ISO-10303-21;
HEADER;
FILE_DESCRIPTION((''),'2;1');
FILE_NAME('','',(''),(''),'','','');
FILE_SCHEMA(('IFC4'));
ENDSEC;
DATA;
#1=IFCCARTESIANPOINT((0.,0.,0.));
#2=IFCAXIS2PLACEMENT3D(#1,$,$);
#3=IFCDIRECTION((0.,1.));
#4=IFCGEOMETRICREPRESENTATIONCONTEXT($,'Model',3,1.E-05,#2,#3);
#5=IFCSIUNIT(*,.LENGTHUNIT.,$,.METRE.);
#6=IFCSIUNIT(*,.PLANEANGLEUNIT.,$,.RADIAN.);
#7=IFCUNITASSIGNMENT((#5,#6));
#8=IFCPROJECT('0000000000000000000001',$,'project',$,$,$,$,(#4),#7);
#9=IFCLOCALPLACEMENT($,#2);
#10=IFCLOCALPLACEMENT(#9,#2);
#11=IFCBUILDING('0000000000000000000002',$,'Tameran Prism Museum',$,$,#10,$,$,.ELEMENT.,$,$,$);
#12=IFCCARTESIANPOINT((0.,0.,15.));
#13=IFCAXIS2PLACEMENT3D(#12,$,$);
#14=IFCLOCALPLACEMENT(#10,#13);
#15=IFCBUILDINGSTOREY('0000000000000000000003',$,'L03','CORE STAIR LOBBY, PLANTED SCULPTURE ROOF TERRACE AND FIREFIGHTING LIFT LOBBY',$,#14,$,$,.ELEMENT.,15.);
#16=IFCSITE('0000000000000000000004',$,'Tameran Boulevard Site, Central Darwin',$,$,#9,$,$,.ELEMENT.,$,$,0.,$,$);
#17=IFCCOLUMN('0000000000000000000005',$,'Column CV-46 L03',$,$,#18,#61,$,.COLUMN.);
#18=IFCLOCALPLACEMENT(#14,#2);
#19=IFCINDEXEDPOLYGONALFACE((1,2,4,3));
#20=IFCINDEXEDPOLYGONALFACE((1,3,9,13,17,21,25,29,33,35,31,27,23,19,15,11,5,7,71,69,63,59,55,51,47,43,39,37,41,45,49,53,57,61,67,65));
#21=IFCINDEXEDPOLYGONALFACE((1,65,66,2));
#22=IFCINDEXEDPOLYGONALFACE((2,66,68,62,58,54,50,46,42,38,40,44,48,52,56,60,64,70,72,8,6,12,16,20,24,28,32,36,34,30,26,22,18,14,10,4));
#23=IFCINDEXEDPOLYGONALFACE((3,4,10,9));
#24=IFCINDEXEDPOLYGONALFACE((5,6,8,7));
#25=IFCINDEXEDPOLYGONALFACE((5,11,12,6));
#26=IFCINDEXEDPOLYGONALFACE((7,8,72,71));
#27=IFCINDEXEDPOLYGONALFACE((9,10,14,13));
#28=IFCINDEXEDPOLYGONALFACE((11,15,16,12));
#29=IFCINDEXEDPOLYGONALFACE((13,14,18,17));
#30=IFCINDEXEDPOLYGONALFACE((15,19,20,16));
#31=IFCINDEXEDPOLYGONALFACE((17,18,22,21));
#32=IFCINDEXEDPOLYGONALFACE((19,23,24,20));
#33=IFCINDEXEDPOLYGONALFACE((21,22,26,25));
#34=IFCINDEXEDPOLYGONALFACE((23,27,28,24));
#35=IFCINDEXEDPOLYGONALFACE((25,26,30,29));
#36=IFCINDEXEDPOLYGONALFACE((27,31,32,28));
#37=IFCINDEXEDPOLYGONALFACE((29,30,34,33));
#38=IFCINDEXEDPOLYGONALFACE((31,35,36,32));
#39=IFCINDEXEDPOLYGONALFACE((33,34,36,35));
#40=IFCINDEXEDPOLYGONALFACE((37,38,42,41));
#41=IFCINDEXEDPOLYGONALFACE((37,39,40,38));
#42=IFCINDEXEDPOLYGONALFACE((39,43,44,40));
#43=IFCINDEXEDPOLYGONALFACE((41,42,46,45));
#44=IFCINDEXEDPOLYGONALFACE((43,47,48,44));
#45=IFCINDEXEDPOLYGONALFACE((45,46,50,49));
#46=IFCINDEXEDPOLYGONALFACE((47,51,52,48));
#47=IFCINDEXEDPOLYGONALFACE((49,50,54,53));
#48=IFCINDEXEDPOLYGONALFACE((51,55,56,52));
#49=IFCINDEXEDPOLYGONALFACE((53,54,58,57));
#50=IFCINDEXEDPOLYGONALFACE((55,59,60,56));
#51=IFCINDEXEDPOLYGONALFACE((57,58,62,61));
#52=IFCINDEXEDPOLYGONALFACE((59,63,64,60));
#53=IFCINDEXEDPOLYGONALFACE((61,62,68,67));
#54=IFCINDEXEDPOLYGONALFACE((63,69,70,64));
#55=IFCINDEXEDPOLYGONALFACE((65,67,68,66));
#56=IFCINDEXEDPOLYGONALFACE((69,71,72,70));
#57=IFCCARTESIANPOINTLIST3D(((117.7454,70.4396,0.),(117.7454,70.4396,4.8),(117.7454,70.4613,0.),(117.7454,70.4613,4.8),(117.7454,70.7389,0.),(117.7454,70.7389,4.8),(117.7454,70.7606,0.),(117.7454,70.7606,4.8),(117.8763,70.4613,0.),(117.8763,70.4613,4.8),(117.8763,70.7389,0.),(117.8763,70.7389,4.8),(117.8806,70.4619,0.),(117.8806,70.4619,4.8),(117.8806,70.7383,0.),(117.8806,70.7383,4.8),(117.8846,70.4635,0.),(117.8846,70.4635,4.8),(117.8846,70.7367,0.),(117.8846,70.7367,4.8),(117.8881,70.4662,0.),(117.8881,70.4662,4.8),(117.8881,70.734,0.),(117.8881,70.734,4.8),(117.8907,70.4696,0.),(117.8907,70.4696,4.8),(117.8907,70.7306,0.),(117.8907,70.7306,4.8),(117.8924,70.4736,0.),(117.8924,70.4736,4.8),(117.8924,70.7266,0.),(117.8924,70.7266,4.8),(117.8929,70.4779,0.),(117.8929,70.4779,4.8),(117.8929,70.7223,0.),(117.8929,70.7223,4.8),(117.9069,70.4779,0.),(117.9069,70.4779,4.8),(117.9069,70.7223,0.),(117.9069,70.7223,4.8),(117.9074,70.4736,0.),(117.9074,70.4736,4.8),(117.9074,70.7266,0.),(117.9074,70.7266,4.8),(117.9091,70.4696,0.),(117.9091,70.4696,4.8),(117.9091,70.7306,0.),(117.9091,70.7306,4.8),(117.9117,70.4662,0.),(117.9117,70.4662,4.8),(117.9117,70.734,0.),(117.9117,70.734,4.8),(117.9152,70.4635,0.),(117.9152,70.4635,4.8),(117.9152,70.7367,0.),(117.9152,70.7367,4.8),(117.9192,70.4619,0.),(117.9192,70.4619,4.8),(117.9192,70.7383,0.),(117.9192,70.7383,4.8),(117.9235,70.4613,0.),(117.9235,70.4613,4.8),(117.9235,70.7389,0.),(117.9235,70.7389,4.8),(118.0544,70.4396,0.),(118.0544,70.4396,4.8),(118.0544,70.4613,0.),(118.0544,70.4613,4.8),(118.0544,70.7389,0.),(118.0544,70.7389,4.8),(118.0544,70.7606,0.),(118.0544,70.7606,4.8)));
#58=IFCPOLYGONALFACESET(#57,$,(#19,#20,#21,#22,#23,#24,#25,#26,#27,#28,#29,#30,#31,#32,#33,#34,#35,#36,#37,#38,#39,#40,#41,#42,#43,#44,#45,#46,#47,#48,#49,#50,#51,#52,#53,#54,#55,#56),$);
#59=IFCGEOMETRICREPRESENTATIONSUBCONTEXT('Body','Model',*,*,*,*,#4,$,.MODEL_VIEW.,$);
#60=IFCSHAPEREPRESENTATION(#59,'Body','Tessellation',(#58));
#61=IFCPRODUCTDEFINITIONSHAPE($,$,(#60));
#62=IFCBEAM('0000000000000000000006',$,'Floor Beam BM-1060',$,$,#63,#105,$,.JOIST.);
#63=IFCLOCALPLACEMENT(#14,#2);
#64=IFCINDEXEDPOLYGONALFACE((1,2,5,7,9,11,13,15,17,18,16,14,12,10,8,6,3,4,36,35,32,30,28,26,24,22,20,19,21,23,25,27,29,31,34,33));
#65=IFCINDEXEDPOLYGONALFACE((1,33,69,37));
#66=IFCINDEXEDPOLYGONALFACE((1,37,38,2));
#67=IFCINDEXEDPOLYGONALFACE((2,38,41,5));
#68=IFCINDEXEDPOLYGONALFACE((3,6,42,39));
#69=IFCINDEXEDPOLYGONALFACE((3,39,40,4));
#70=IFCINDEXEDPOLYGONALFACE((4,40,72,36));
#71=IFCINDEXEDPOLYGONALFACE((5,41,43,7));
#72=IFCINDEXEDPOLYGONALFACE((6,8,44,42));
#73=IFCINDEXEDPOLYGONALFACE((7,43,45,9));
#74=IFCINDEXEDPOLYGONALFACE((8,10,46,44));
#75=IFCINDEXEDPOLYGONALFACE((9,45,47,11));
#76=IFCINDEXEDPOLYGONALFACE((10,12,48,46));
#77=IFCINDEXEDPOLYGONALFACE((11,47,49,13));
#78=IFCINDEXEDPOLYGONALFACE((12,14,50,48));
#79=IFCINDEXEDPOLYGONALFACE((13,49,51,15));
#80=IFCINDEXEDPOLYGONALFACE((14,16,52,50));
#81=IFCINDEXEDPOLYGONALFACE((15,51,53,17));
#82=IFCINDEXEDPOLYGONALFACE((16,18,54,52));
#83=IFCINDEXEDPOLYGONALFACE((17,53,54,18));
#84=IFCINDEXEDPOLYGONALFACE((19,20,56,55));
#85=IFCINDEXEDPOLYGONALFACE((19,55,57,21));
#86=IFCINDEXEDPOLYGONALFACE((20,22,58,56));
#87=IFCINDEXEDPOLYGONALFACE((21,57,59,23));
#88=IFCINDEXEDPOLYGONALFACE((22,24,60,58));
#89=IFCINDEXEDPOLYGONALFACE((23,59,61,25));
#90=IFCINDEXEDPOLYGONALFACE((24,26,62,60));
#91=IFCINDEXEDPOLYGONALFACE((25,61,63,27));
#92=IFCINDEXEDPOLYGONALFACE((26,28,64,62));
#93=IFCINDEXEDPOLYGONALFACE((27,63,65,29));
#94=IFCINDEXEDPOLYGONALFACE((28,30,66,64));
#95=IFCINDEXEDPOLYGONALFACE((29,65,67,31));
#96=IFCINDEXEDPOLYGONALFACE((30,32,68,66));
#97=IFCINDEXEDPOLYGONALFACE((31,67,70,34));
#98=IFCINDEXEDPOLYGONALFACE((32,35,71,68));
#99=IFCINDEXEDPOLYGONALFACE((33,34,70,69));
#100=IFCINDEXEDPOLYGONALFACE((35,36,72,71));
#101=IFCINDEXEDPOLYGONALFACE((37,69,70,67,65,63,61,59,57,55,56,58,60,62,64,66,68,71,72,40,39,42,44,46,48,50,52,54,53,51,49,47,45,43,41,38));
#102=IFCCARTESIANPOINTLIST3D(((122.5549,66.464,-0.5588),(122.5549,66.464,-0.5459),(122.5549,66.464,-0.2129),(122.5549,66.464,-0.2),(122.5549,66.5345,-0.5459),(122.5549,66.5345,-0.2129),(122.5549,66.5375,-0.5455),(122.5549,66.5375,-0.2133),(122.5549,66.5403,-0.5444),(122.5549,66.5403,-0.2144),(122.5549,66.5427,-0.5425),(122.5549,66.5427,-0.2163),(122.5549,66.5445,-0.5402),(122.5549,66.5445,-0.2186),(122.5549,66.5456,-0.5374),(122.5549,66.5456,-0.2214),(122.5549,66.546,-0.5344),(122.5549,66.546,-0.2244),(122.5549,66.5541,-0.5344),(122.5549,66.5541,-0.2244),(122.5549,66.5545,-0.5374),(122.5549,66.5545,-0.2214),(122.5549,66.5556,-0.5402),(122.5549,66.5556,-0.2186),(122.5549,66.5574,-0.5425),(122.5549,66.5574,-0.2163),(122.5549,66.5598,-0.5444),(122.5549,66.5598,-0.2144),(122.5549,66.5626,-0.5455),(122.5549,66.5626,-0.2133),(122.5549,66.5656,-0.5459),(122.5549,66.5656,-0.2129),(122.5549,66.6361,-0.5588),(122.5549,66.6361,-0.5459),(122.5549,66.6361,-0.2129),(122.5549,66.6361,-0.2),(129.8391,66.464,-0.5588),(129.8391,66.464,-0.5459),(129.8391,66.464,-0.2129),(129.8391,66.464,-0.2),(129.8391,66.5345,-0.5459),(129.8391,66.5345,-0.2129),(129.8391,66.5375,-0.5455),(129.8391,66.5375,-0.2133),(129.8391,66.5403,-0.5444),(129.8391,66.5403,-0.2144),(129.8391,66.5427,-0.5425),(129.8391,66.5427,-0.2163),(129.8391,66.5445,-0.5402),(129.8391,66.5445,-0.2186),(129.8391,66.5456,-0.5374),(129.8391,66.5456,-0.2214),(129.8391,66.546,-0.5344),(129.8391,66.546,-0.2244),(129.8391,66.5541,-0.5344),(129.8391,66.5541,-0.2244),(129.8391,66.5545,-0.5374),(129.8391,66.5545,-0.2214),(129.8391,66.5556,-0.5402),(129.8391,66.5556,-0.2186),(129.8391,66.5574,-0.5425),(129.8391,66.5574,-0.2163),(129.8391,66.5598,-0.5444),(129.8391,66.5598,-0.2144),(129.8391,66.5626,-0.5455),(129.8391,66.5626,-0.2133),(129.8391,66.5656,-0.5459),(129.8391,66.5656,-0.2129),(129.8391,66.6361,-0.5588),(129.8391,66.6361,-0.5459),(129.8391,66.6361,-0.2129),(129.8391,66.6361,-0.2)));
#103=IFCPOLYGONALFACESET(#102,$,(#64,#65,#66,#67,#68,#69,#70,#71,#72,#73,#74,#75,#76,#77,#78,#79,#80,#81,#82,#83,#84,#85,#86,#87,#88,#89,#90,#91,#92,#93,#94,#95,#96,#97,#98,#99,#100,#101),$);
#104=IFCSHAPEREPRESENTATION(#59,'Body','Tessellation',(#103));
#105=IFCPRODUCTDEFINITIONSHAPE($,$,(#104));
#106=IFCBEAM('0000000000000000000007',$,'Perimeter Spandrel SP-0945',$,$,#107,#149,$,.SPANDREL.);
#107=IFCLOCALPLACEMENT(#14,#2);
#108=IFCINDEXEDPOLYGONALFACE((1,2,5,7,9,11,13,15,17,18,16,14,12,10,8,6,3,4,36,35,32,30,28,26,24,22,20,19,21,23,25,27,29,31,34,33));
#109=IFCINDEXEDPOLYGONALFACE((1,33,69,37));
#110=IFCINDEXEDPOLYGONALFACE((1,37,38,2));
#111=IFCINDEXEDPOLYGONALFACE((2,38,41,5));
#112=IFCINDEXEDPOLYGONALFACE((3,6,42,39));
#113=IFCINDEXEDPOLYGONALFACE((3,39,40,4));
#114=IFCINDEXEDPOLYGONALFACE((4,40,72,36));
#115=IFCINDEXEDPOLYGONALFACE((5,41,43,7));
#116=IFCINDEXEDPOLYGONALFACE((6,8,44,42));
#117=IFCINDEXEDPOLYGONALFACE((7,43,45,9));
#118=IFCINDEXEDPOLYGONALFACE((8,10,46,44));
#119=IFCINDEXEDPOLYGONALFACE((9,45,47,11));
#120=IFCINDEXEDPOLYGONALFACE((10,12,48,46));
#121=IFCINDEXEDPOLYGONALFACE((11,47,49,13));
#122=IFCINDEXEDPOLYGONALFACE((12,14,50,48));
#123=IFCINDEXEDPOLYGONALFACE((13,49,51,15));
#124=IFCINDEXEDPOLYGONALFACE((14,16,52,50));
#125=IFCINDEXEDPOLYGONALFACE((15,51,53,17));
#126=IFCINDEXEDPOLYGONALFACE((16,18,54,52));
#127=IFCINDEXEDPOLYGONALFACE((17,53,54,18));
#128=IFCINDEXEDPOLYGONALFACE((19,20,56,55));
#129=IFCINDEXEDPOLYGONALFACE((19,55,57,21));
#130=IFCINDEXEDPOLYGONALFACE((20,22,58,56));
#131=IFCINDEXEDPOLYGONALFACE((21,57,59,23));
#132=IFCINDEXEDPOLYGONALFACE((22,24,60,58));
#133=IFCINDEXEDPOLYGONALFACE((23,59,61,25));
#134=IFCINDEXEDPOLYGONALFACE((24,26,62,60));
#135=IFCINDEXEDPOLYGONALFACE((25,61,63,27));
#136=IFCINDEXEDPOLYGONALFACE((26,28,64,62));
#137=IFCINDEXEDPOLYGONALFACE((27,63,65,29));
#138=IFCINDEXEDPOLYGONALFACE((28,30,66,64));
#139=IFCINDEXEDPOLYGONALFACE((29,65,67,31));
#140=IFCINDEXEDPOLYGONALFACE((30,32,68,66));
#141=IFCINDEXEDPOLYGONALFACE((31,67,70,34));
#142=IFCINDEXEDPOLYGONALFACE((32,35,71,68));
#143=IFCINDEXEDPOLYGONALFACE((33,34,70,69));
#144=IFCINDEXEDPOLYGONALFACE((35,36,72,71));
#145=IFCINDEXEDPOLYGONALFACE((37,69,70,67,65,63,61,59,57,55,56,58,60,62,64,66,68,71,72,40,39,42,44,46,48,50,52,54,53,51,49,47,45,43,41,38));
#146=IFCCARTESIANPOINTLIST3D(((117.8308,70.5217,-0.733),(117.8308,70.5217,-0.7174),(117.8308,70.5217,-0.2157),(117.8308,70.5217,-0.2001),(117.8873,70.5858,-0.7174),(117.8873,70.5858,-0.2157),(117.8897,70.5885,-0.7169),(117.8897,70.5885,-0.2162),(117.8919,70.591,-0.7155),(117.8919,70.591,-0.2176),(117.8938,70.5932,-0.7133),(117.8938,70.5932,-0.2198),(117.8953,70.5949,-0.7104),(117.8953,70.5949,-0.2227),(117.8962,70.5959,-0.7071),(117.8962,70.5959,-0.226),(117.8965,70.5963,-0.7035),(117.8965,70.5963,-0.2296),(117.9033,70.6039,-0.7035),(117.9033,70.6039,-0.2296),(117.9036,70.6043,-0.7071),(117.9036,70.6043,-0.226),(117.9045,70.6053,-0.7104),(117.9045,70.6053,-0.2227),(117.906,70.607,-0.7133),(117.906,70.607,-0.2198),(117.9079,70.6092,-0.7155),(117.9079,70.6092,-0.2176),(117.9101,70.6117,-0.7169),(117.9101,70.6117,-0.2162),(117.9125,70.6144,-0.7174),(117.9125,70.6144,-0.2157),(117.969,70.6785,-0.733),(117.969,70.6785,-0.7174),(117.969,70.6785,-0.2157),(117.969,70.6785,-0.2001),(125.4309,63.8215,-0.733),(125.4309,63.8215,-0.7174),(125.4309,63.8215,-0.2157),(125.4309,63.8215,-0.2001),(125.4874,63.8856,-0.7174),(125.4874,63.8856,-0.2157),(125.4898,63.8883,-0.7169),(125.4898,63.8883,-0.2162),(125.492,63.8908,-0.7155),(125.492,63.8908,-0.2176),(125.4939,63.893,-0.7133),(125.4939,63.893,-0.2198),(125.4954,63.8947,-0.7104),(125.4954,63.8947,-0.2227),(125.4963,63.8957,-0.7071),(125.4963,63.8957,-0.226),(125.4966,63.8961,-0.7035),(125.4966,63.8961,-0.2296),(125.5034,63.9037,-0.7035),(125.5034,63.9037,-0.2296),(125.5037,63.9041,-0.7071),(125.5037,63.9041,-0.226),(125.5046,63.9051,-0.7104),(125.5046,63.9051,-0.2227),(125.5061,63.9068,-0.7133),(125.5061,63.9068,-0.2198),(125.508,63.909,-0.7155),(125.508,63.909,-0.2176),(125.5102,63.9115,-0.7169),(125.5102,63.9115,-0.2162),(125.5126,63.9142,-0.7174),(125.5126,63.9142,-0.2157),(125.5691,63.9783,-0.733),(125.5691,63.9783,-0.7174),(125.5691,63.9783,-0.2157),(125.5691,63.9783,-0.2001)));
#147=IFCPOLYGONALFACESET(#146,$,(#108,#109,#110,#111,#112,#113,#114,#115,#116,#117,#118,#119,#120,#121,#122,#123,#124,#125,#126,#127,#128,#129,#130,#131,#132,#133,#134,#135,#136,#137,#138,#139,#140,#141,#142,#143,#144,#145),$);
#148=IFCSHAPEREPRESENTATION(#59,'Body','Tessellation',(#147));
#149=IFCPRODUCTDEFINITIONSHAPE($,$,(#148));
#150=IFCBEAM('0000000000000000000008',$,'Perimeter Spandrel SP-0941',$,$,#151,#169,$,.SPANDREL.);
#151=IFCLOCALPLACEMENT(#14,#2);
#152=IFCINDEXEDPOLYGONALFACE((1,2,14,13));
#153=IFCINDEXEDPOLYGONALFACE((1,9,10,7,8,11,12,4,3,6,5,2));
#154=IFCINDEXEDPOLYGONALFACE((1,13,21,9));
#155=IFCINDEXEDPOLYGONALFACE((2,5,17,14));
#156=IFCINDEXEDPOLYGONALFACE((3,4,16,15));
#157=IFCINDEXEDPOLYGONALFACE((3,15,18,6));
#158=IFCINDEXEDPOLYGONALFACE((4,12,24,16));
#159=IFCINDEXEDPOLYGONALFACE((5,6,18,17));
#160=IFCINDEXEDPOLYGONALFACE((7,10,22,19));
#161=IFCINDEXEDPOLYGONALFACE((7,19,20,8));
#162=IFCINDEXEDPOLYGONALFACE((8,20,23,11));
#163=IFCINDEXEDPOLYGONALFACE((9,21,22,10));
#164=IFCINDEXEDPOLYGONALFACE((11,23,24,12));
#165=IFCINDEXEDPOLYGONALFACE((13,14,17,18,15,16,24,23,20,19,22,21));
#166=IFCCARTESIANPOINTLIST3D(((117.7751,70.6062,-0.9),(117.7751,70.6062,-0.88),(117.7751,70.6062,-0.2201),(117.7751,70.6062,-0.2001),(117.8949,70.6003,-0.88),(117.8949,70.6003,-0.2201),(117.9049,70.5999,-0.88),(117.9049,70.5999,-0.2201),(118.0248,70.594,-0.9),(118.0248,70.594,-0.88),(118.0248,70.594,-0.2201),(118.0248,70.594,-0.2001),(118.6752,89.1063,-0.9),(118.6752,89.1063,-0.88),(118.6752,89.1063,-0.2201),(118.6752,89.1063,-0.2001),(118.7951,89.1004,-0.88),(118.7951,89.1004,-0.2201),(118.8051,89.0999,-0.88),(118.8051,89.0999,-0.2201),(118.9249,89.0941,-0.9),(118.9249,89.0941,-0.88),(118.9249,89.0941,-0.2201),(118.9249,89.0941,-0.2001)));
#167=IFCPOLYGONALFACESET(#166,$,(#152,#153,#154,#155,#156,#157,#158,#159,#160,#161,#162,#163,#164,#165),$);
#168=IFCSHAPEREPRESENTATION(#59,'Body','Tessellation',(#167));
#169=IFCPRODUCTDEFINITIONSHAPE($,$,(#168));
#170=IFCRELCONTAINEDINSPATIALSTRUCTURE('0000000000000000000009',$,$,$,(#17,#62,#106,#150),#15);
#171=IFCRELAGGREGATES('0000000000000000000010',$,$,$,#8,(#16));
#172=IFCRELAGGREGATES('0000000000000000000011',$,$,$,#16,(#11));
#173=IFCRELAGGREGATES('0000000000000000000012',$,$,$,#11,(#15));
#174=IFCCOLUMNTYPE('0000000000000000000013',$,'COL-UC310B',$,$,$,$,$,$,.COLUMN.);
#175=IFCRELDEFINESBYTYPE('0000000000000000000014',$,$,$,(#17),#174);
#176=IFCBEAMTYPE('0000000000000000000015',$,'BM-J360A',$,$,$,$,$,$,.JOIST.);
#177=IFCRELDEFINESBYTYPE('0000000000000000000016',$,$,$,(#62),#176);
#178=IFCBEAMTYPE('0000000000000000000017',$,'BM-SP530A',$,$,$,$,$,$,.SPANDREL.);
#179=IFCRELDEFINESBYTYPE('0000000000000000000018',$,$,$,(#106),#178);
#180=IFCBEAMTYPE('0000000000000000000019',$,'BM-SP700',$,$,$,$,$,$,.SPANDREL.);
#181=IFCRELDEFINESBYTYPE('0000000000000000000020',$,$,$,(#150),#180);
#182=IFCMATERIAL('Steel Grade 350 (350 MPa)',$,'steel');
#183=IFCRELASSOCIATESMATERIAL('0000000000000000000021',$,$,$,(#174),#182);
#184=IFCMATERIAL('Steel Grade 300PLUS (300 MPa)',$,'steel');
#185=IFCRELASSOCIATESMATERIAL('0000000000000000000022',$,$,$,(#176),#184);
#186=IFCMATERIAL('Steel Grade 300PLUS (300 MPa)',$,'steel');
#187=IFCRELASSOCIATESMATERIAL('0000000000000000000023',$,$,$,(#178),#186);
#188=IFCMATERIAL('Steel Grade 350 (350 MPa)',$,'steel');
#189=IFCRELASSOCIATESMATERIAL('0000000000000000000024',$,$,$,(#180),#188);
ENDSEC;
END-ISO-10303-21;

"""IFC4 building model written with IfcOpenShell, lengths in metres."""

from ifc_helpers import new_model, si_unit, direction, frame, origin, origin_2d, place, context, subcontext, project, spatial, i_section, extrude, material, material_profile, profile_set, type_object, element, save


model = new_model("IFC4")

# Units and contexts
model_context = context("Model", 3, precision=1e-05, world=origin(), true_north=direction((0.0, 1.0)))
body_context = subcontext(model_context, "Body", "Model", "MODEL_VIEW")
ifc_project = project(units=[si_unit("LENGTHUNIT", "METRE"), si_unit("PLANEANGLEUNIT", "RADIAN")], contexts=[model_context])

# Site, building, storey
site_placement = place(None, origin())
site = spatial("IfcSite", under=ifc_project, at=site_placement, Name="Tameran Boulevard Site, Central Darwin", CompositionType="ELEMENT", RefElevation=0.0)
building_placement = place(site_placement, origin())
building = spatial("IfcBuilding", under=site, at=building_placement, Name="Tameran Prism Museum", CompositionType="ELEMENT")
storey_placement = place(building_placement, frame((0.0, 0.0, 15.0)))
storey = spatial("IfcBuildingStorey", under=building, at=storey_placement, Name="L03", Description="CORE STAIR LOBBY, PLANTED SCULPTURE ROOF TERRACE AND FIREFIGHTING LIFT LOBBY", CompositionType="ELEMENT", Elevation=15.0)

# Column
ifc_material_1 = material(Name="Steel Grade 350 (350 MPa)", Category="steel")
ifc_material_profile_1 = material_profile(ifc_material_1, i_section(OverallWidth=0.3091, OverallDepth=0.321, WebThickness=0.0139, FlangeThickness=0.0217, FilletRadius=0.0166, at=origin_2d()))
ifc_profile_set_1 = profile_set([ifc_material_profile_1])
column_type = type_object("IfcColumnType", Name="COL-UC310B", PredefinedType="COLUMN", material=ifc_profile_set_1)
column_placement = place(storey_placement, frame((117.8999, 70.6001, 0.0), z_axis=(0.0, 0.0, 1.0), x_axis=(1.0, 0.0, 0.0)))
element("IfcColumn", 1, at=column_placement, inside=storey, type_object=column_type, Name="Column CV-46 L03", PredefinedType="COLUMN", context=body_context, shape_type="SweptSolid", body=[
    extrude(i_section(OverallWidth=0.3091, OverallDepth=0.321, WebThickness=0.0139, FlangeThickness=0.0217, FilletRadius=0.0166, at=origin_2d()), origin(), (0.0, 0.0, 1.0), 4.8),
])

# Beams
ifc_material_2 = material(Name="Steel Grade 300PLUS (300 MPa)", Category="steel")
ifc_material_profile_2 = material_profile(ifc_material_2, i_section(OverallWidth=0.1721, OverallDepth=0.3589, WebThickness=0.0081, FlangeThickness=0.0129, FilletRadius=0.0115, at=origin_2d()))
ifc_profile_set_2 = profile_set([ifc_material_profile_2])
beam_type_1 = type_object("IfcBeamType", Name="BM-J360A", PredefinedType="JOIST", material=ifc_profile_set_2)
beam_1_placement = place(storey_placement, frame((122.5549, 66.55, -0.3794), z_axis=(1.0, 0.0, 0.0), x_axis=(0.0, 1.0, 0.0)))
element("IfcBeam", 2, at=beam_1_placement, inside=storey, type_object=beam_type_1, Name="Floor Beam BM-1060", PredefinedType="JOIST", context=body_context, shape_type="SweptSolid", body=[
    extrude(i_section(OverallWidth=0.1721, OverallDepth=0.3589, WebThickness=0.0081, FlangeThickness=0.0129, FilletRadius=0.0115, at=origin_2d()), origin(), (0.0, 0.0, 1.0), 7.2842),
])
ifc_material_3 = material(Name="Steel Grade 300PLUS (300 MPa)", Category="steel")
ifc_material_profile_3 = material_profile(ifc_material_3, i_section(OverallWidth=0.209, OverallDepth=0.533, WebThickness=0.0103, FlangeThickness=0.0156, FilletRadius=0.0139, at=origin_2d()))
ifc_profile_set_3 = profile_set([ifc_material_profile_3])
beam_type_2 = type_object("IfcBeamType", Name="BM-SP530A", PredefinedType="SPANDREL", material=ifc_profile_set_3)
beam_2_placement = place(storey_placement, frame((117.8999, 70.6001, -0.4666), z_axis=(0.75012, -0.661301, 0.0), x_axis=(0.661301, 0.75012, 0.0)))
element("IfcBeam", 3, at=beam_2_placement, inside=storey, type_object=beam_type_2, Name="Perimeter Spandrel SP-0945", PredefinedType="SPANDREL", context=body_context, shape_type="SweptSolid", body=[
    extrude(i_section(OverallWidth=0.209, OverallDepth=0.533, WebThickness=0.0103, FlangeThickness=0.0156, FilletRadius=0.0139, at=origin_2d()), origin(), (0.0, 0.0, 1.0), 10.1318),
])
ifc_material_4 = material(Name="Steel Grade 350 (350 MPa)", Category="steel")
ifc_material_profile_4 = material_profile(ifc_material_4, i_section(OverallWidth=0.25, OverallDepth=0.7, WebThickness=0.01, FlangeThickness=0.02, at=origin_2d()))
ifc_profile_set_4 = profile_set([ifc_material_profile_4])
beam_type_3 = type_object("IfcBeamType", Name="BM-SP700", PredefinedType="SPANDREL", material=ifc_profile_set_4)
beam_3_placement = place(storey_placement, frame((117.8999, 70.6001, -0.55), z_axis=(0.048599, 0.998818, 0.0), x_axis=(-0.998818, 0.048599, 0.0)))
element("IfcBeam", 4, at=beam_3_placement, inside=storey, type_object=beam_type_3, Name="Perimeter Spandrel SP-0941", PredefinedType="SPANDREL", context=body_context, shape_type="SweptSolid", body=[
    extrude(i_section(OverallWidth=0.25, OverallDepth=0.7, WebThickness=0.01, FlangeThickness=0.02, at=origin_2d()), origin(), (0.0, 0.0, 1.0), 18.522),
])

save(model, "model.ifc")
